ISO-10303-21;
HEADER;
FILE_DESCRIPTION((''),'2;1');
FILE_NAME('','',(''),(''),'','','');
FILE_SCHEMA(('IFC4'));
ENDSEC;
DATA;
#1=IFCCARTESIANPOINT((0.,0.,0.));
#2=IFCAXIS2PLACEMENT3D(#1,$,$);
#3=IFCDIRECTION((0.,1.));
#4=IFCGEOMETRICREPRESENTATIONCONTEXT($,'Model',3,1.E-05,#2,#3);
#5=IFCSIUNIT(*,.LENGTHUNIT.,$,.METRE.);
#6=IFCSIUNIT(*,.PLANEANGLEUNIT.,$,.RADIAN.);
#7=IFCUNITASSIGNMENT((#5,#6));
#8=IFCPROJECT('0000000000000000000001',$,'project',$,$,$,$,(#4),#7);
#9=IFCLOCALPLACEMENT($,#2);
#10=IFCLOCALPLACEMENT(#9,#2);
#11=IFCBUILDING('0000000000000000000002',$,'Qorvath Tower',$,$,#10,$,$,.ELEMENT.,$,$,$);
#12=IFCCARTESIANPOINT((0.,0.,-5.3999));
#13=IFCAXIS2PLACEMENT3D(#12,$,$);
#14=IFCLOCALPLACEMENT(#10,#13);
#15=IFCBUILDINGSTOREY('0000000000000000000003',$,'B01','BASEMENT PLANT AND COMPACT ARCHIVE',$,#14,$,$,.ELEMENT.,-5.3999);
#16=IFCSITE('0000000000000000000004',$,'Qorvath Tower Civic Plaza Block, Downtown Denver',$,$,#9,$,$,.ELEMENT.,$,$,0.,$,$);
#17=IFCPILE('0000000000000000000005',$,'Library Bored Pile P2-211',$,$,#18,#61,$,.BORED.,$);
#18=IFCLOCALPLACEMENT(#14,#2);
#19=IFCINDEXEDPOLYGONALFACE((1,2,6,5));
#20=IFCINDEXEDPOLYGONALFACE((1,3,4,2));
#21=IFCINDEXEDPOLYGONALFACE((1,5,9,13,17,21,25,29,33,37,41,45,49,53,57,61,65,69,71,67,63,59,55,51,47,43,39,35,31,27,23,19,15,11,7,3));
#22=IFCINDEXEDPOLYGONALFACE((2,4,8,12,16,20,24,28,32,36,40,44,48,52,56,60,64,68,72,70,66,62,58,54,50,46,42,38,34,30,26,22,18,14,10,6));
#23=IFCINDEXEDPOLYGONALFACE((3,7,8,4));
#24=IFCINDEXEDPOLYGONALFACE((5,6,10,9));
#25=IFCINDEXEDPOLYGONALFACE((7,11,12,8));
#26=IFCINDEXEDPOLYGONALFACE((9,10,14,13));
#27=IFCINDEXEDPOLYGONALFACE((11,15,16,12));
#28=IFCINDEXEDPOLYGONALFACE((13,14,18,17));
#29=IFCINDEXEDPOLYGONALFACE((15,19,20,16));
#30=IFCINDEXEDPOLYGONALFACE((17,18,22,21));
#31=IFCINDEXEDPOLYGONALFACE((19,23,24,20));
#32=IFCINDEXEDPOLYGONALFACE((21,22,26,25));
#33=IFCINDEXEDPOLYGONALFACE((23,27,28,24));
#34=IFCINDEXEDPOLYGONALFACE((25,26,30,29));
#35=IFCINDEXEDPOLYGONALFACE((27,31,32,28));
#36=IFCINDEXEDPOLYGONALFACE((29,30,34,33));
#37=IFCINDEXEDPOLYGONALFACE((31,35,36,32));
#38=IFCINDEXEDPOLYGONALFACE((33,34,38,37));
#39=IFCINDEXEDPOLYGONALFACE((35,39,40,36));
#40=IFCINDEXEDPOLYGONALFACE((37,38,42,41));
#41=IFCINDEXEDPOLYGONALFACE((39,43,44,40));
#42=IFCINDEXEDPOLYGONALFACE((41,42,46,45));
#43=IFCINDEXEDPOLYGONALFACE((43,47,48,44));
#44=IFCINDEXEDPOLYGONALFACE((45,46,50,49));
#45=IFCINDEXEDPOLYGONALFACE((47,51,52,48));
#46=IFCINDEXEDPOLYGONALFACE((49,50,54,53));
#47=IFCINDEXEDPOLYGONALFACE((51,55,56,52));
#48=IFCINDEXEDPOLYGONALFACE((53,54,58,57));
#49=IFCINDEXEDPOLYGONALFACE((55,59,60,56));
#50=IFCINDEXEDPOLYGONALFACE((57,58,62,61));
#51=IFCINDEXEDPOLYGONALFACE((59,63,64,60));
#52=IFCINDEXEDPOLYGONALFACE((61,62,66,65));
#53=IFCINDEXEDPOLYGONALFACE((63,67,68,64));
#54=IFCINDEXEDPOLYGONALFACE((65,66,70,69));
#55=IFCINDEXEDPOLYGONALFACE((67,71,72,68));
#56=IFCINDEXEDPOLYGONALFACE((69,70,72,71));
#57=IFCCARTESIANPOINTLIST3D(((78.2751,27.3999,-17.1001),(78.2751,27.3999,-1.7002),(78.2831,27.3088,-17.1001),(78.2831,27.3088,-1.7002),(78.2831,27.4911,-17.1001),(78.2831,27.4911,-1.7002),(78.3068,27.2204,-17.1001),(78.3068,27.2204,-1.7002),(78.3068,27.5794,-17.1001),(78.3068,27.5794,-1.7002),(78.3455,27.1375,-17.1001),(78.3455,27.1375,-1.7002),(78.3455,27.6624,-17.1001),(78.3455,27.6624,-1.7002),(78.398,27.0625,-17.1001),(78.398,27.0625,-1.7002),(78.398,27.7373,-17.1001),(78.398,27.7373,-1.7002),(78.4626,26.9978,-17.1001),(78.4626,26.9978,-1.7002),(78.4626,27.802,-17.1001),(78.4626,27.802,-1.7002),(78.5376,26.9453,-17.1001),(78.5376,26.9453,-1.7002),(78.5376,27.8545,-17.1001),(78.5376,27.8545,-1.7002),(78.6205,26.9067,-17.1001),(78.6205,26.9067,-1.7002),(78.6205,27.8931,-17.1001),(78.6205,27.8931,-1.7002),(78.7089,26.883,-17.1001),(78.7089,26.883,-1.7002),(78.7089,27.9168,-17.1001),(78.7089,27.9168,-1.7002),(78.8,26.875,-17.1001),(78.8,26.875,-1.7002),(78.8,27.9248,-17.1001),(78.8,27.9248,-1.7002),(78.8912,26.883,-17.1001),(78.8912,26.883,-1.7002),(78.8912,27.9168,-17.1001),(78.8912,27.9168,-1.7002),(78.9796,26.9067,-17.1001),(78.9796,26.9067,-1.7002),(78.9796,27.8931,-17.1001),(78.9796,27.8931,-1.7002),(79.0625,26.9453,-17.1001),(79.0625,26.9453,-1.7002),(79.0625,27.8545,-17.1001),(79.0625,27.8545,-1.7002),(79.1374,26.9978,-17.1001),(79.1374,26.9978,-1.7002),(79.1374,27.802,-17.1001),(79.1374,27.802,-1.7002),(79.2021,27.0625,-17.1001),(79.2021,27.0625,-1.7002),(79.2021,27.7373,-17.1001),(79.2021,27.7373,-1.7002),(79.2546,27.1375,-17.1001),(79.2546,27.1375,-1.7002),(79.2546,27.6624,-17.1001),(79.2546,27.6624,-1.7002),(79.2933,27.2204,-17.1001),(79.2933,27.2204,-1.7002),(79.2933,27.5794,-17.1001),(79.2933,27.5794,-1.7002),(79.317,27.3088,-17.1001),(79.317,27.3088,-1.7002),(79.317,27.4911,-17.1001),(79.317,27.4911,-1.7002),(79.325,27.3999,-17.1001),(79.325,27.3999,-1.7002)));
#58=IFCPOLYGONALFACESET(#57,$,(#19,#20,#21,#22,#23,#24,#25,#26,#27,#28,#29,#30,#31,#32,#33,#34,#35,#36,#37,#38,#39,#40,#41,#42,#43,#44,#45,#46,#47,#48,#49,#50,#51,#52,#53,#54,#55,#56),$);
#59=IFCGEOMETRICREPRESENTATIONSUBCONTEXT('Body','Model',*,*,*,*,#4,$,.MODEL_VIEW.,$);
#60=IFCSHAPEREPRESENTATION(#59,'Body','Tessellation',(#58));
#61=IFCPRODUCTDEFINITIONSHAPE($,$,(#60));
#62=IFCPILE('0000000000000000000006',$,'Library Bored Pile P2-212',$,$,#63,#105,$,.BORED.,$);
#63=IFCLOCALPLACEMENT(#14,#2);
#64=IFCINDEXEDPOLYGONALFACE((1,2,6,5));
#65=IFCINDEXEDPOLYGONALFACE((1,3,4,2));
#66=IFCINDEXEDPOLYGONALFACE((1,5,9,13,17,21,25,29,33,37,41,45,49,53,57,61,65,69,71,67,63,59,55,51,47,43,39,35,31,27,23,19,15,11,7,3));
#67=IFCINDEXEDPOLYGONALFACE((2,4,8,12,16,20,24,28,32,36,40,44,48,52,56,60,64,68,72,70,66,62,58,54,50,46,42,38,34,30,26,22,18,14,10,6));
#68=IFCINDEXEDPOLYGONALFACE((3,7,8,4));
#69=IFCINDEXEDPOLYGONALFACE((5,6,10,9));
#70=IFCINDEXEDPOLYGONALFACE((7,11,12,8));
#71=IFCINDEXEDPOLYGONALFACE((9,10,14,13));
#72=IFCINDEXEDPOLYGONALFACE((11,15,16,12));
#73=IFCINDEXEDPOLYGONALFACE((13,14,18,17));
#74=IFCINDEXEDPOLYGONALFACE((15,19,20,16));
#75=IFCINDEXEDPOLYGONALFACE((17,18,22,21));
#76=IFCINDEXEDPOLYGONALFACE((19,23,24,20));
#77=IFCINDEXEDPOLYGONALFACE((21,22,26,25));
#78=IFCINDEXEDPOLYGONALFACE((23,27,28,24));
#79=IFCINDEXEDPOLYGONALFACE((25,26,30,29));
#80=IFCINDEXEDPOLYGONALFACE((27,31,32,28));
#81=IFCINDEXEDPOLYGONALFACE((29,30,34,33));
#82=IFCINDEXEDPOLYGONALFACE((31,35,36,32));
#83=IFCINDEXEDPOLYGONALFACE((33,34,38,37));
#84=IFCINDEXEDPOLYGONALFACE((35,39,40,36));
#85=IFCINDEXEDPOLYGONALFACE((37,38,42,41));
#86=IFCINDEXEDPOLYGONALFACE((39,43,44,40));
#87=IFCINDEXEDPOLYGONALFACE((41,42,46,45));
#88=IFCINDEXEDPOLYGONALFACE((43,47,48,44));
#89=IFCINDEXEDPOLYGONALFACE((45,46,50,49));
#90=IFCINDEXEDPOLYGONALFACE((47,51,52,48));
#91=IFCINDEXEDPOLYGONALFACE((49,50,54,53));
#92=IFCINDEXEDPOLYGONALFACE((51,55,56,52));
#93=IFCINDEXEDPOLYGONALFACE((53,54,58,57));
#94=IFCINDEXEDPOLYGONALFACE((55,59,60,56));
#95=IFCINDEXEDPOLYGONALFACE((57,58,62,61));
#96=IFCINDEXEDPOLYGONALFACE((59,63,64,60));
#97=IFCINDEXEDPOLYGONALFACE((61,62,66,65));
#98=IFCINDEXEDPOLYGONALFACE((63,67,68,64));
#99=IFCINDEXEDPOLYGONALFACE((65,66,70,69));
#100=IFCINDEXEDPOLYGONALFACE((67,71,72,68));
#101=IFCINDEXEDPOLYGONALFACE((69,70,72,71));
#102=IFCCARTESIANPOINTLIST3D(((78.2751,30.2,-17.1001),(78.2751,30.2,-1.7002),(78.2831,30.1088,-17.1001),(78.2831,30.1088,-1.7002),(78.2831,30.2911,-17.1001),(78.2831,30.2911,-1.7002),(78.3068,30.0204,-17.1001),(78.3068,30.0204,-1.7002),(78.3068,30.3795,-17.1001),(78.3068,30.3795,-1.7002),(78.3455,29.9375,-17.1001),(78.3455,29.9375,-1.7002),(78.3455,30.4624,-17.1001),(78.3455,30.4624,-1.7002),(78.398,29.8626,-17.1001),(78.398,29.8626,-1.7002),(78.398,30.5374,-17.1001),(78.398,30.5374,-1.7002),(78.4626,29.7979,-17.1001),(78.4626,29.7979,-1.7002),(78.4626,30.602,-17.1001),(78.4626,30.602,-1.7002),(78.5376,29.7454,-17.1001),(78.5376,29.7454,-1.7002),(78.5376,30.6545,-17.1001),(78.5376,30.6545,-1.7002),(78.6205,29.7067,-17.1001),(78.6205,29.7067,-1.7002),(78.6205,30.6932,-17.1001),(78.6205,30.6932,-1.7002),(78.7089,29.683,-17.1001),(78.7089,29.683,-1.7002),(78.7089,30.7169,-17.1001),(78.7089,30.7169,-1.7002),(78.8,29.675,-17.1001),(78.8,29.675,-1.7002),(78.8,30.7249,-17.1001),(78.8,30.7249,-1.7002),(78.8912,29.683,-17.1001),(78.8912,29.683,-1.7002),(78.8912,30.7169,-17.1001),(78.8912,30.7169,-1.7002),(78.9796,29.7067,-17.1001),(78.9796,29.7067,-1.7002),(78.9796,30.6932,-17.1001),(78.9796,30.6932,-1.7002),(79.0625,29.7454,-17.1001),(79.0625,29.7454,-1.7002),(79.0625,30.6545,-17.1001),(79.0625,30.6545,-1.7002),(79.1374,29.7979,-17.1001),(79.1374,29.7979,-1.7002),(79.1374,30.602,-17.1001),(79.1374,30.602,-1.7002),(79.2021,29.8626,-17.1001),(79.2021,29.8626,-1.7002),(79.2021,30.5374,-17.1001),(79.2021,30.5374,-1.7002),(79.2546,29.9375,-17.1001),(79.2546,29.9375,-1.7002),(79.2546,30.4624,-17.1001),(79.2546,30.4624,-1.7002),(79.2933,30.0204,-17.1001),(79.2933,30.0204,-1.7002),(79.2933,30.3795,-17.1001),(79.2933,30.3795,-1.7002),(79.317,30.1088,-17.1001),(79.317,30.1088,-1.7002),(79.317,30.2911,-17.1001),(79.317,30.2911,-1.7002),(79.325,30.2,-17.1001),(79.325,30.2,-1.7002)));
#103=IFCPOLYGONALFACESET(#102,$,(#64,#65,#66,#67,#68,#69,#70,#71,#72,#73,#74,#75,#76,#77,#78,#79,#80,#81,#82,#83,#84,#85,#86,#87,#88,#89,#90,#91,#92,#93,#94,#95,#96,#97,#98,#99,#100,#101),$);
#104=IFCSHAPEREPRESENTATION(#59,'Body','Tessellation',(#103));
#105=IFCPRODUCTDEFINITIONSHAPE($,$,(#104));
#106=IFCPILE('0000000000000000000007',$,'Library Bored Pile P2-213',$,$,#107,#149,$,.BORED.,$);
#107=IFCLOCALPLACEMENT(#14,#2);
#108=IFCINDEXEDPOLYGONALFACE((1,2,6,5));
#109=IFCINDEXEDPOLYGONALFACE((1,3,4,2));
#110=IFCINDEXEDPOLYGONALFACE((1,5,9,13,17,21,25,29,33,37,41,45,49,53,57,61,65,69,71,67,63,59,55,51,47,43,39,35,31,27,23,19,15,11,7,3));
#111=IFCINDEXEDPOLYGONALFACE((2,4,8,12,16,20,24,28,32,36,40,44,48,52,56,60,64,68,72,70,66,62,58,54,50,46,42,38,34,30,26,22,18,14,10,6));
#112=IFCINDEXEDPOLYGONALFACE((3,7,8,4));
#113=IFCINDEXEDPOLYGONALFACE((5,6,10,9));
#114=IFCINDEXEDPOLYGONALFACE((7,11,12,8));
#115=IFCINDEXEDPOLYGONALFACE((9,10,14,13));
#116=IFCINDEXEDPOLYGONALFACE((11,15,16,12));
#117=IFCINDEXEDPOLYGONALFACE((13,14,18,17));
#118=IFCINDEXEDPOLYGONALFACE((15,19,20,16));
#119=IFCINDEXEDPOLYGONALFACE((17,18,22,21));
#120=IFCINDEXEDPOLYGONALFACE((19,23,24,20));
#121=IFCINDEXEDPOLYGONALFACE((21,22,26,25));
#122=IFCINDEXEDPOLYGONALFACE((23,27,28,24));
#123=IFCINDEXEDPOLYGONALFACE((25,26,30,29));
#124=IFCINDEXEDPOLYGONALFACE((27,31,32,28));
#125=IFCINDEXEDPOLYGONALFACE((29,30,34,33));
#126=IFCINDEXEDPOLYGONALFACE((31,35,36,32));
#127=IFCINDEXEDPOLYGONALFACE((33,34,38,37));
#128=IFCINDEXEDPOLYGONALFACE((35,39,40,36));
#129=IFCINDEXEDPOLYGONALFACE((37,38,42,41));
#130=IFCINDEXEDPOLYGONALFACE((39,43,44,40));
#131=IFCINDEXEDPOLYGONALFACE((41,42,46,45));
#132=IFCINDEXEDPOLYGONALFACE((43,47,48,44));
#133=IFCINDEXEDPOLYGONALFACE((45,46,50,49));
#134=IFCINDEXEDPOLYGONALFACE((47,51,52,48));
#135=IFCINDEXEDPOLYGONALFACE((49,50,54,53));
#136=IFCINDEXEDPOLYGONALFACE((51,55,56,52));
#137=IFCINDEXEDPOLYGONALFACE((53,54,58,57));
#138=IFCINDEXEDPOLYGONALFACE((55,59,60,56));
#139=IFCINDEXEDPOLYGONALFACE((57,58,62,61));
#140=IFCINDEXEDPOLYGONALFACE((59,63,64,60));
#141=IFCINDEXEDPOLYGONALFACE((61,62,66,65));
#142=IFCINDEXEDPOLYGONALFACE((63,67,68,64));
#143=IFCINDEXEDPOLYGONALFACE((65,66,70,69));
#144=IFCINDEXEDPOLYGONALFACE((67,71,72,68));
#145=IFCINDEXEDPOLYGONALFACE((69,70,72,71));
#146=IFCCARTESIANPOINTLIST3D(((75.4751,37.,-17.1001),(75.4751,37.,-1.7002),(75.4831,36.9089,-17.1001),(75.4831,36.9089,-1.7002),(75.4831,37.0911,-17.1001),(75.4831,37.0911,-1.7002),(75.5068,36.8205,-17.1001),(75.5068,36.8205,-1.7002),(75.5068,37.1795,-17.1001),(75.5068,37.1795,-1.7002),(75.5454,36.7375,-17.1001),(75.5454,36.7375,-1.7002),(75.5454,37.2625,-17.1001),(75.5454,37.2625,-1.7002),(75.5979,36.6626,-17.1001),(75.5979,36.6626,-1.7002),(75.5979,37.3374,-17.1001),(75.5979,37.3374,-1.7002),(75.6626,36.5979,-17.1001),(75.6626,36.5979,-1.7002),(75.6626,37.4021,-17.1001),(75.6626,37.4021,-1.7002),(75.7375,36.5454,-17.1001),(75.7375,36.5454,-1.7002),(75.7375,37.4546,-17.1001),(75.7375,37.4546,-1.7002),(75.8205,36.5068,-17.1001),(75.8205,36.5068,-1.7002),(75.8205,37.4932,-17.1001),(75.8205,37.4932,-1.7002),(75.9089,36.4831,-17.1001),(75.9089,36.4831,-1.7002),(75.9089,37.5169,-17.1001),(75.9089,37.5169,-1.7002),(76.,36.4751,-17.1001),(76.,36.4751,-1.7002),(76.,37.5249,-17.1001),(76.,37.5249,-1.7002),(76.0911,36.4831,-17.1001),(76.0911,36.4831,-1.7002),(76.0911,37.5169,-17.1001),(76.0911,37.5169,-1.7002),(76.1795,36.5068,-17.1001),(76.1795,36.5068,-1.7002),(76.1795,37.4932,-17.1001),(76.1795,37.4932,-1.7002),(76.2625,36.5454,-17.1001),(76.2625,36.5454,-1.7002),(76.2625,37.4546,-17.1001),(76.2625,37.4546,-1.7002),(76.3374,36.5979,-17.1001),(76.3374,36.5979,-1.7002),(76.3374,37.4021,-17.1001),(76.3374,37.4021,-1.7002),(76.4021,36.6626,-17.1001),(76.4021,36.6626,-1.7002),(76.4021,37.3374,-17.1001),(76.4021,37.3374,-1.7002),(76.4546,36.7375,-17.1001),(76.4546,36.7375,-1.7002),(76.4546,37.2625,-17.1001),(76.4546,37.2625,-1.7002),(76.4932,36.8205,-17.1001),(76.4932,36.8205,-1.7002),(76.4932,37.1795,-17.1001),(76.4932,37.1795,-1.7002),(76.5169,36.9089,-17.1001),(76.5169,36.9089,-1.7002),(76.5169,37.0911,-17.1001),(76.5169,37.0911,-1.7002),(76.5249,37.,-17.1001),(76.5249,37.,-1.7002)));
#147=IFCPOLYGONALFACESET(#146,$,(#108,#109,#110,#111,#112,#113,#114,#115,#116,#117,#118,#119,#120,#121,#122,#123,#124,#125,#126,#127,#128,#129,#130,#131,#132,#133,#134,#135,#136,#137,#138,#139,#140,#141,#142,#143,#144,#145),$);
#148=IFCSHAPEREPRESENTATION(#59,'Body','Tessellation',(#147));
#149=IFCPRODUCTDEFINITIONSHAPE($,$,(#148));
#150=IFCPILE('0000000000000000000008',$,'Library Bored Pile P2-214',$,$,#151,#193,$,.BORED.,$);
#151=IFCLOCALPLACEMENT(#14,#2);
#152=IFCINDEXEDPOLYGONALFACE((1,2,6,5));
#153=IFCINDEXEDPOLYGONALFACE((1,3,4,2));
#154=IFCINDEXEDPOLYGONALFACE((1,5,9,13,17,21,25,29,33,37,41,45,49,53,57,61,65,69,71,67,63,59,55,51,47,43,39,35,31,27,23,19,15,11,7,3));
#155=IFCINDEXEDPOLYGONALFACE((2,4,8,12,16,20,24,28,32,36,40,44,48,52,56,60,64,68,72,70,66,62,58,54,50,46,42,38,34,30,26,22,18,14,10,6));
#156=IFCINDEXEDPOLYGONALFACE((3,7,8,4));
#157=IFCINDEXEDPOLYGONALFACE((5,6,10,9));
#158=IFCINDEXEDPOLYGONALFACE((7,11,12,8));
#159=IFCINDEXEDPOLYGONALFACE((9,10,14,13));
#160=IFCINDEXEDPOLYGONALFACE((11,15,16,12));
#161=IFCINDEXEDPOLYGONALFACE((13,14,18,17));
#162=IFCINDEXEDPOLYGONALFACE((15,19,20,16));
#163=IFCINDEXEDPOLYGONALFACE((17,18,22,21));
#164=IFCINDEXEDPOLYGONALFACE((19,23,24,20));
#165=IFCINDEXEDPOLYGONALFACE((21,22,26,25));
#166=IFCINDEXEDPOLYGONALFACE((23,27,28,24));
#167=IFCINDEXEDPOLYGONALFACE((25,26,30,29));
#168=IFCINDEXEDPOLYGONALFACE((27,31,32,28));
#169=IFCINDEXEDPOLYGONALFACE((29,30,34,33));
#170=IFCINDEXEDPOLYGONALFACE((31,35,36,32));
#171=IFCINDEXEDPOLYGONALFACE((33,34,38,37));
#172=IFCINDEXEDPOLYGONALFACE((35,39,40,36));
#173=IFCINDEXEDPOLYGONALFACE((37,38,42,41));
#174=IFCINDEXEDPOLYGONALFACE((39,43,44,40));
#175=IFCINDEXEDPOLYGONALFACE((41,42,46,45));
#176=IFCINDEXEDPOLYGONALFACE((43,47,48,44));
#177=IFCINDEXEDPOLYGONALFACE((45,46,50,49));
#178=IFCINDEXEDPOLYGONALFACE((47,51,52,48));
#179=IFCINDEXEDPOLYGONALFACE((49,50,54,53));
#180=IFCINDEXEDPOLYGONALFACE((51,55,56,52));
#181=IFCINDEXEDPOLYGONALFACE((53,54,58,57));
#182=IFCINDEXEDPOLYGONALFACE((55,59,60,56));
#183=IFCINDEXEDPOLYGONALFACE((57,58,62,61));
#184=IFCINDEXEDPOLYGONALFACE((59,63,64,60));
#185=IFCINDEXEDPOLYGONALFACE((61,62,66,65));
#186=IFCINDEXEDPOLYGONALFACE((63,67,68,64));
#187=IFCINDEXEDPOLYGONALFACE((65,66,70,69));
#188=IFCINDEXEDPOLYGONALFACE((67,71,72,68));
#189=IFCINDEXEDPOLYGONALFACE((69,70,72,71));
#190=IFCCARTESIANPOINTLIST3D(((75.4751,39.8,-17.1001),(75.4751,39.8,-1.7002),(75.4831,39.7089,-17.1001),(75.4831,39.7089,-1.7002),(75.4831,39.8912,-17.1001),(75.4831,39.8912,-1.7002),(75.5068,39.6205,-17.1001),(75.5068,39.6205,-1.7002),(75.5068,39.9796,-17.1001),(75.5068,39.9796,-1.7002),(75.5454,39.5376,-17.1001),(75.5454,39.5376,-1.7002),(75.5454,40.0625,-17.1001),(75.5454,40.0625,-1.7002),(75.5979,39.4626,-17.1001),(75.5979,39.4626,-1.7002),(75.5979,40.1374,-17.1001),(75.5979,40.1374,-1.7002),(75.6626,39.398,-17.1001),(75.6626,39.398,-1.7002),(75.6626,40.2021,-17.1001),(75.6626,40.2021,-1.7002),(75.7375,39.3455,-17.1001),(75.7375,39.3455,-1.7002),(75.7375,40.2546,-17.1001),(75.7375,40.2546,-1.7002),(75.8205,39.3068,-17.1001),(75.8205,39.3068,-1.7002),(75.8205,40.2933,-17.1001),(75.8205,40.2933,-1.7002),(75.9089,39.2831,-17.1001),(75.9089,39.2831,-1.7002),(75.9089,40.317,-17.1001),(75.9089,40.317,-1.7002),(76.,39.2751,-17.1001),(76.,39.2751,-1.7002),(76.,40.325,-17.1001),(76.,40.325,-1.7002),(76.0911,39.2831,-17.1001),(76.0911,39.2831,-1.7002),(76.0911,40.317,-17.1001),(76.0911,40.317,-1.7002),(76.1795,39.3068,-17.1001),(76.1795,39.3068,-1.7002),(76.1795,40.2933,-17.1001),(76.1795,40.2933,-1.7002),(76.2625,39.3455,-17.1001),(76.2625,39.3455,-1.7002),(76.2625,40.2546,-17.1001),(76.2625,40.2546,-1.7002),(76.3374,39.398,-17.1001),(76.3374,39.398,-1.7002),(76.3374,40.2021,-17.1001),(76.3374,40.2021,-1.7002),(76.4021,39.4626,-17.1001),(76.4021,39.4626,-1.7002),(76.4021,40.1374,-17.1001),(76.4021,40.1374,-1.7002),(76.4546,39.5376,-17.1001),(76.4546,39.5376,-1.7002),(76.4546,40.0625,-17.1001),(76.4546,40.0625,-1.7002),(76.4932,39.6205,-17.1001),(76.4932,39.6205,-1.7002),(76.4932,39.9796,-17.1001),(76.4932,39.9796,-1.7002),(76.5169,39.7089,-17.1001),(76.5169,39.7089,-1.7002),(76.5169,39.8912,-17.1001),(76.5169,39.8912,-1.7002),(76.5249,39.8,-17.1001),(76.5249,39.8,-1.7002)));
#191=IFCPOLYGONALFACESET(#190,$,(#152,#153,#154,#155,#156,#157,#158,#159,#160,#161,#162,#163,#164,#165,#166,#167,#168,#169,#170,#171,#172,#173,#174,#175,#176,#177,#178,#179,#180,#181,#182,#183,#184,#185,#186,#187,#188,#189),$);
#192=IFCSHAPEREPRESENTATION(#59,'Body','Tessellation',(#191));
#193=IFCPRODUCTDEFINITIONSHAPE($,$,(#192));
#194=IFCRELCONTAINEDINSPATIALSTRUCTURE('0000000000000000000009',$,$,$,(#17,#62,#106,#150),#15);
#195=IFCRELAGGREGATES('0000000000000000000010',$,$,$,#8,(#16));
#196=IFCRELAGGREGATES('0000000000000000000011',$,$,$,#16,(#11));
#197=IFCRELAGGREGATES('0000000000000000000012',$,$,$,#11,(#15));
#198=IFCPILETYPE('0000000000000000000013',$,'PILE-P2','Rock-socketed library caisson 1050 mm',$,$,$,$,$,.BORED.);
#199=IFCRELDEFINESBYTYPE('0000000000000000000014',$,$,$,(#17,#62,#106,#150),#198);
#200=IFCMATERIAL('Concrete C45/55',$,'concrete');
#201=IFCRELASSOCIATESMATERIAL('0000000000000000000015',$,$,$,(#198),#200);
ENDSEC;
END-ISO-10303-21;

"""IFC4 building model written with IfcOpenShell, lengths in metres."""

from ifc_helpers import new_model, si_unit, direction, frame, origin, origin_2d, place, context, subcontext, project, spatial, circle, extrude, material, material_profile, profile_set, type_object, element, save


model = new_model("IFC4")

# Units and contexts
model_context = context("Model", 3, precision=1e-05, world=origin(), true_north=direction((0.0, 1.0)))
body_context = subcontext(model_context, "Body", "Model", "MODEL_VIEW")
ifc_project = project(units=[si_unit("LENGTHUNIT", "METRE"), si_unit("PLANEANGLEUNIT", "RADIAN")], contexts=[model_context])

# Site, building, storey
site_placement = place(None, origin())
site = spatial("IfcSite", under=ifc_project, at=site_placement, Name="Qorvath Tower Civic Plaza Block, Downtown Denver", CompositionType="ELEMENT", RefElevation=0.0)
building_placement = place(site_placement, origin())
building = spatial("IfcBuilding", under=site, at=building_placement, Name="Qorvath Tower", CompositionType="ELEMENT")
storey_placement = place(building_placement, frame((0.0, 0.0, -5.3999)))
storey = spatial("IfcBuildingStorey", under=building, at=storey_placement, Name="B01", Description="BASEMENT PLANT AND COMPACT ARCHIVE", CompositionType="ELEMENT", Elevation=-5.3999)

# Piles
ifc_material_1 = material(Name="Concrete C45/55", Category="concrete")
ifc_material_profile_1 = material_profile(ifc_material_1, circle(Radius=0.5249, at=origin_2d()), Name="BORED PILE 1050")
ifc_profile_set_1 = profile_set([ifc_material_profile_1], Name="Concrete C45/55")
pile_type = type_object("IfcPileType", Name="PILE-P2", Description="Rock-socketed library caisson 1050 mm", PredefinedType="BORED", material=ifc_profile_set_1)
for number, where, z_axis, x_axis, name in (
    (1, (78.8, 27.3999, -1.7002), (0.0, 0.0, -1.0), (1.0, 0.0, 0.0), "Library Bored Pile P2-211"),
    (2, (78.8, 30.2, -1.7002), (0.0, 0.0, -1.0), (1.0, 0.0, 0.0), "Library Bored Pile P2-212"),
    (3, (76.0, 37.0, -1.7002), (0.0, 0.0, -1.0), (1.0, 0.0, 0.0), "Library Bored Pile P2-213"),
    (4, (76.0, 39.8, -1.7002), (0.0, 0.0, -1.0), (1.0, 0.0, 0.0), "Library Bored Pile P2-214"),
):
    element("IfcPile", number, at=place(storey_placement, frame(where, z_axis=z_axis, x_axis=x_axis)), inside=storey, type_object=pile_type, Name=name, PredefinedType="BORED", context=body_context, shape_type="SweptSolid", body=[
        extrude(circle(Radius=0.5249, at=origin_2d()), origin(), (0.0, 0.0, 1.0), 15.3999),
    ])

save(model, "model.ifc")
